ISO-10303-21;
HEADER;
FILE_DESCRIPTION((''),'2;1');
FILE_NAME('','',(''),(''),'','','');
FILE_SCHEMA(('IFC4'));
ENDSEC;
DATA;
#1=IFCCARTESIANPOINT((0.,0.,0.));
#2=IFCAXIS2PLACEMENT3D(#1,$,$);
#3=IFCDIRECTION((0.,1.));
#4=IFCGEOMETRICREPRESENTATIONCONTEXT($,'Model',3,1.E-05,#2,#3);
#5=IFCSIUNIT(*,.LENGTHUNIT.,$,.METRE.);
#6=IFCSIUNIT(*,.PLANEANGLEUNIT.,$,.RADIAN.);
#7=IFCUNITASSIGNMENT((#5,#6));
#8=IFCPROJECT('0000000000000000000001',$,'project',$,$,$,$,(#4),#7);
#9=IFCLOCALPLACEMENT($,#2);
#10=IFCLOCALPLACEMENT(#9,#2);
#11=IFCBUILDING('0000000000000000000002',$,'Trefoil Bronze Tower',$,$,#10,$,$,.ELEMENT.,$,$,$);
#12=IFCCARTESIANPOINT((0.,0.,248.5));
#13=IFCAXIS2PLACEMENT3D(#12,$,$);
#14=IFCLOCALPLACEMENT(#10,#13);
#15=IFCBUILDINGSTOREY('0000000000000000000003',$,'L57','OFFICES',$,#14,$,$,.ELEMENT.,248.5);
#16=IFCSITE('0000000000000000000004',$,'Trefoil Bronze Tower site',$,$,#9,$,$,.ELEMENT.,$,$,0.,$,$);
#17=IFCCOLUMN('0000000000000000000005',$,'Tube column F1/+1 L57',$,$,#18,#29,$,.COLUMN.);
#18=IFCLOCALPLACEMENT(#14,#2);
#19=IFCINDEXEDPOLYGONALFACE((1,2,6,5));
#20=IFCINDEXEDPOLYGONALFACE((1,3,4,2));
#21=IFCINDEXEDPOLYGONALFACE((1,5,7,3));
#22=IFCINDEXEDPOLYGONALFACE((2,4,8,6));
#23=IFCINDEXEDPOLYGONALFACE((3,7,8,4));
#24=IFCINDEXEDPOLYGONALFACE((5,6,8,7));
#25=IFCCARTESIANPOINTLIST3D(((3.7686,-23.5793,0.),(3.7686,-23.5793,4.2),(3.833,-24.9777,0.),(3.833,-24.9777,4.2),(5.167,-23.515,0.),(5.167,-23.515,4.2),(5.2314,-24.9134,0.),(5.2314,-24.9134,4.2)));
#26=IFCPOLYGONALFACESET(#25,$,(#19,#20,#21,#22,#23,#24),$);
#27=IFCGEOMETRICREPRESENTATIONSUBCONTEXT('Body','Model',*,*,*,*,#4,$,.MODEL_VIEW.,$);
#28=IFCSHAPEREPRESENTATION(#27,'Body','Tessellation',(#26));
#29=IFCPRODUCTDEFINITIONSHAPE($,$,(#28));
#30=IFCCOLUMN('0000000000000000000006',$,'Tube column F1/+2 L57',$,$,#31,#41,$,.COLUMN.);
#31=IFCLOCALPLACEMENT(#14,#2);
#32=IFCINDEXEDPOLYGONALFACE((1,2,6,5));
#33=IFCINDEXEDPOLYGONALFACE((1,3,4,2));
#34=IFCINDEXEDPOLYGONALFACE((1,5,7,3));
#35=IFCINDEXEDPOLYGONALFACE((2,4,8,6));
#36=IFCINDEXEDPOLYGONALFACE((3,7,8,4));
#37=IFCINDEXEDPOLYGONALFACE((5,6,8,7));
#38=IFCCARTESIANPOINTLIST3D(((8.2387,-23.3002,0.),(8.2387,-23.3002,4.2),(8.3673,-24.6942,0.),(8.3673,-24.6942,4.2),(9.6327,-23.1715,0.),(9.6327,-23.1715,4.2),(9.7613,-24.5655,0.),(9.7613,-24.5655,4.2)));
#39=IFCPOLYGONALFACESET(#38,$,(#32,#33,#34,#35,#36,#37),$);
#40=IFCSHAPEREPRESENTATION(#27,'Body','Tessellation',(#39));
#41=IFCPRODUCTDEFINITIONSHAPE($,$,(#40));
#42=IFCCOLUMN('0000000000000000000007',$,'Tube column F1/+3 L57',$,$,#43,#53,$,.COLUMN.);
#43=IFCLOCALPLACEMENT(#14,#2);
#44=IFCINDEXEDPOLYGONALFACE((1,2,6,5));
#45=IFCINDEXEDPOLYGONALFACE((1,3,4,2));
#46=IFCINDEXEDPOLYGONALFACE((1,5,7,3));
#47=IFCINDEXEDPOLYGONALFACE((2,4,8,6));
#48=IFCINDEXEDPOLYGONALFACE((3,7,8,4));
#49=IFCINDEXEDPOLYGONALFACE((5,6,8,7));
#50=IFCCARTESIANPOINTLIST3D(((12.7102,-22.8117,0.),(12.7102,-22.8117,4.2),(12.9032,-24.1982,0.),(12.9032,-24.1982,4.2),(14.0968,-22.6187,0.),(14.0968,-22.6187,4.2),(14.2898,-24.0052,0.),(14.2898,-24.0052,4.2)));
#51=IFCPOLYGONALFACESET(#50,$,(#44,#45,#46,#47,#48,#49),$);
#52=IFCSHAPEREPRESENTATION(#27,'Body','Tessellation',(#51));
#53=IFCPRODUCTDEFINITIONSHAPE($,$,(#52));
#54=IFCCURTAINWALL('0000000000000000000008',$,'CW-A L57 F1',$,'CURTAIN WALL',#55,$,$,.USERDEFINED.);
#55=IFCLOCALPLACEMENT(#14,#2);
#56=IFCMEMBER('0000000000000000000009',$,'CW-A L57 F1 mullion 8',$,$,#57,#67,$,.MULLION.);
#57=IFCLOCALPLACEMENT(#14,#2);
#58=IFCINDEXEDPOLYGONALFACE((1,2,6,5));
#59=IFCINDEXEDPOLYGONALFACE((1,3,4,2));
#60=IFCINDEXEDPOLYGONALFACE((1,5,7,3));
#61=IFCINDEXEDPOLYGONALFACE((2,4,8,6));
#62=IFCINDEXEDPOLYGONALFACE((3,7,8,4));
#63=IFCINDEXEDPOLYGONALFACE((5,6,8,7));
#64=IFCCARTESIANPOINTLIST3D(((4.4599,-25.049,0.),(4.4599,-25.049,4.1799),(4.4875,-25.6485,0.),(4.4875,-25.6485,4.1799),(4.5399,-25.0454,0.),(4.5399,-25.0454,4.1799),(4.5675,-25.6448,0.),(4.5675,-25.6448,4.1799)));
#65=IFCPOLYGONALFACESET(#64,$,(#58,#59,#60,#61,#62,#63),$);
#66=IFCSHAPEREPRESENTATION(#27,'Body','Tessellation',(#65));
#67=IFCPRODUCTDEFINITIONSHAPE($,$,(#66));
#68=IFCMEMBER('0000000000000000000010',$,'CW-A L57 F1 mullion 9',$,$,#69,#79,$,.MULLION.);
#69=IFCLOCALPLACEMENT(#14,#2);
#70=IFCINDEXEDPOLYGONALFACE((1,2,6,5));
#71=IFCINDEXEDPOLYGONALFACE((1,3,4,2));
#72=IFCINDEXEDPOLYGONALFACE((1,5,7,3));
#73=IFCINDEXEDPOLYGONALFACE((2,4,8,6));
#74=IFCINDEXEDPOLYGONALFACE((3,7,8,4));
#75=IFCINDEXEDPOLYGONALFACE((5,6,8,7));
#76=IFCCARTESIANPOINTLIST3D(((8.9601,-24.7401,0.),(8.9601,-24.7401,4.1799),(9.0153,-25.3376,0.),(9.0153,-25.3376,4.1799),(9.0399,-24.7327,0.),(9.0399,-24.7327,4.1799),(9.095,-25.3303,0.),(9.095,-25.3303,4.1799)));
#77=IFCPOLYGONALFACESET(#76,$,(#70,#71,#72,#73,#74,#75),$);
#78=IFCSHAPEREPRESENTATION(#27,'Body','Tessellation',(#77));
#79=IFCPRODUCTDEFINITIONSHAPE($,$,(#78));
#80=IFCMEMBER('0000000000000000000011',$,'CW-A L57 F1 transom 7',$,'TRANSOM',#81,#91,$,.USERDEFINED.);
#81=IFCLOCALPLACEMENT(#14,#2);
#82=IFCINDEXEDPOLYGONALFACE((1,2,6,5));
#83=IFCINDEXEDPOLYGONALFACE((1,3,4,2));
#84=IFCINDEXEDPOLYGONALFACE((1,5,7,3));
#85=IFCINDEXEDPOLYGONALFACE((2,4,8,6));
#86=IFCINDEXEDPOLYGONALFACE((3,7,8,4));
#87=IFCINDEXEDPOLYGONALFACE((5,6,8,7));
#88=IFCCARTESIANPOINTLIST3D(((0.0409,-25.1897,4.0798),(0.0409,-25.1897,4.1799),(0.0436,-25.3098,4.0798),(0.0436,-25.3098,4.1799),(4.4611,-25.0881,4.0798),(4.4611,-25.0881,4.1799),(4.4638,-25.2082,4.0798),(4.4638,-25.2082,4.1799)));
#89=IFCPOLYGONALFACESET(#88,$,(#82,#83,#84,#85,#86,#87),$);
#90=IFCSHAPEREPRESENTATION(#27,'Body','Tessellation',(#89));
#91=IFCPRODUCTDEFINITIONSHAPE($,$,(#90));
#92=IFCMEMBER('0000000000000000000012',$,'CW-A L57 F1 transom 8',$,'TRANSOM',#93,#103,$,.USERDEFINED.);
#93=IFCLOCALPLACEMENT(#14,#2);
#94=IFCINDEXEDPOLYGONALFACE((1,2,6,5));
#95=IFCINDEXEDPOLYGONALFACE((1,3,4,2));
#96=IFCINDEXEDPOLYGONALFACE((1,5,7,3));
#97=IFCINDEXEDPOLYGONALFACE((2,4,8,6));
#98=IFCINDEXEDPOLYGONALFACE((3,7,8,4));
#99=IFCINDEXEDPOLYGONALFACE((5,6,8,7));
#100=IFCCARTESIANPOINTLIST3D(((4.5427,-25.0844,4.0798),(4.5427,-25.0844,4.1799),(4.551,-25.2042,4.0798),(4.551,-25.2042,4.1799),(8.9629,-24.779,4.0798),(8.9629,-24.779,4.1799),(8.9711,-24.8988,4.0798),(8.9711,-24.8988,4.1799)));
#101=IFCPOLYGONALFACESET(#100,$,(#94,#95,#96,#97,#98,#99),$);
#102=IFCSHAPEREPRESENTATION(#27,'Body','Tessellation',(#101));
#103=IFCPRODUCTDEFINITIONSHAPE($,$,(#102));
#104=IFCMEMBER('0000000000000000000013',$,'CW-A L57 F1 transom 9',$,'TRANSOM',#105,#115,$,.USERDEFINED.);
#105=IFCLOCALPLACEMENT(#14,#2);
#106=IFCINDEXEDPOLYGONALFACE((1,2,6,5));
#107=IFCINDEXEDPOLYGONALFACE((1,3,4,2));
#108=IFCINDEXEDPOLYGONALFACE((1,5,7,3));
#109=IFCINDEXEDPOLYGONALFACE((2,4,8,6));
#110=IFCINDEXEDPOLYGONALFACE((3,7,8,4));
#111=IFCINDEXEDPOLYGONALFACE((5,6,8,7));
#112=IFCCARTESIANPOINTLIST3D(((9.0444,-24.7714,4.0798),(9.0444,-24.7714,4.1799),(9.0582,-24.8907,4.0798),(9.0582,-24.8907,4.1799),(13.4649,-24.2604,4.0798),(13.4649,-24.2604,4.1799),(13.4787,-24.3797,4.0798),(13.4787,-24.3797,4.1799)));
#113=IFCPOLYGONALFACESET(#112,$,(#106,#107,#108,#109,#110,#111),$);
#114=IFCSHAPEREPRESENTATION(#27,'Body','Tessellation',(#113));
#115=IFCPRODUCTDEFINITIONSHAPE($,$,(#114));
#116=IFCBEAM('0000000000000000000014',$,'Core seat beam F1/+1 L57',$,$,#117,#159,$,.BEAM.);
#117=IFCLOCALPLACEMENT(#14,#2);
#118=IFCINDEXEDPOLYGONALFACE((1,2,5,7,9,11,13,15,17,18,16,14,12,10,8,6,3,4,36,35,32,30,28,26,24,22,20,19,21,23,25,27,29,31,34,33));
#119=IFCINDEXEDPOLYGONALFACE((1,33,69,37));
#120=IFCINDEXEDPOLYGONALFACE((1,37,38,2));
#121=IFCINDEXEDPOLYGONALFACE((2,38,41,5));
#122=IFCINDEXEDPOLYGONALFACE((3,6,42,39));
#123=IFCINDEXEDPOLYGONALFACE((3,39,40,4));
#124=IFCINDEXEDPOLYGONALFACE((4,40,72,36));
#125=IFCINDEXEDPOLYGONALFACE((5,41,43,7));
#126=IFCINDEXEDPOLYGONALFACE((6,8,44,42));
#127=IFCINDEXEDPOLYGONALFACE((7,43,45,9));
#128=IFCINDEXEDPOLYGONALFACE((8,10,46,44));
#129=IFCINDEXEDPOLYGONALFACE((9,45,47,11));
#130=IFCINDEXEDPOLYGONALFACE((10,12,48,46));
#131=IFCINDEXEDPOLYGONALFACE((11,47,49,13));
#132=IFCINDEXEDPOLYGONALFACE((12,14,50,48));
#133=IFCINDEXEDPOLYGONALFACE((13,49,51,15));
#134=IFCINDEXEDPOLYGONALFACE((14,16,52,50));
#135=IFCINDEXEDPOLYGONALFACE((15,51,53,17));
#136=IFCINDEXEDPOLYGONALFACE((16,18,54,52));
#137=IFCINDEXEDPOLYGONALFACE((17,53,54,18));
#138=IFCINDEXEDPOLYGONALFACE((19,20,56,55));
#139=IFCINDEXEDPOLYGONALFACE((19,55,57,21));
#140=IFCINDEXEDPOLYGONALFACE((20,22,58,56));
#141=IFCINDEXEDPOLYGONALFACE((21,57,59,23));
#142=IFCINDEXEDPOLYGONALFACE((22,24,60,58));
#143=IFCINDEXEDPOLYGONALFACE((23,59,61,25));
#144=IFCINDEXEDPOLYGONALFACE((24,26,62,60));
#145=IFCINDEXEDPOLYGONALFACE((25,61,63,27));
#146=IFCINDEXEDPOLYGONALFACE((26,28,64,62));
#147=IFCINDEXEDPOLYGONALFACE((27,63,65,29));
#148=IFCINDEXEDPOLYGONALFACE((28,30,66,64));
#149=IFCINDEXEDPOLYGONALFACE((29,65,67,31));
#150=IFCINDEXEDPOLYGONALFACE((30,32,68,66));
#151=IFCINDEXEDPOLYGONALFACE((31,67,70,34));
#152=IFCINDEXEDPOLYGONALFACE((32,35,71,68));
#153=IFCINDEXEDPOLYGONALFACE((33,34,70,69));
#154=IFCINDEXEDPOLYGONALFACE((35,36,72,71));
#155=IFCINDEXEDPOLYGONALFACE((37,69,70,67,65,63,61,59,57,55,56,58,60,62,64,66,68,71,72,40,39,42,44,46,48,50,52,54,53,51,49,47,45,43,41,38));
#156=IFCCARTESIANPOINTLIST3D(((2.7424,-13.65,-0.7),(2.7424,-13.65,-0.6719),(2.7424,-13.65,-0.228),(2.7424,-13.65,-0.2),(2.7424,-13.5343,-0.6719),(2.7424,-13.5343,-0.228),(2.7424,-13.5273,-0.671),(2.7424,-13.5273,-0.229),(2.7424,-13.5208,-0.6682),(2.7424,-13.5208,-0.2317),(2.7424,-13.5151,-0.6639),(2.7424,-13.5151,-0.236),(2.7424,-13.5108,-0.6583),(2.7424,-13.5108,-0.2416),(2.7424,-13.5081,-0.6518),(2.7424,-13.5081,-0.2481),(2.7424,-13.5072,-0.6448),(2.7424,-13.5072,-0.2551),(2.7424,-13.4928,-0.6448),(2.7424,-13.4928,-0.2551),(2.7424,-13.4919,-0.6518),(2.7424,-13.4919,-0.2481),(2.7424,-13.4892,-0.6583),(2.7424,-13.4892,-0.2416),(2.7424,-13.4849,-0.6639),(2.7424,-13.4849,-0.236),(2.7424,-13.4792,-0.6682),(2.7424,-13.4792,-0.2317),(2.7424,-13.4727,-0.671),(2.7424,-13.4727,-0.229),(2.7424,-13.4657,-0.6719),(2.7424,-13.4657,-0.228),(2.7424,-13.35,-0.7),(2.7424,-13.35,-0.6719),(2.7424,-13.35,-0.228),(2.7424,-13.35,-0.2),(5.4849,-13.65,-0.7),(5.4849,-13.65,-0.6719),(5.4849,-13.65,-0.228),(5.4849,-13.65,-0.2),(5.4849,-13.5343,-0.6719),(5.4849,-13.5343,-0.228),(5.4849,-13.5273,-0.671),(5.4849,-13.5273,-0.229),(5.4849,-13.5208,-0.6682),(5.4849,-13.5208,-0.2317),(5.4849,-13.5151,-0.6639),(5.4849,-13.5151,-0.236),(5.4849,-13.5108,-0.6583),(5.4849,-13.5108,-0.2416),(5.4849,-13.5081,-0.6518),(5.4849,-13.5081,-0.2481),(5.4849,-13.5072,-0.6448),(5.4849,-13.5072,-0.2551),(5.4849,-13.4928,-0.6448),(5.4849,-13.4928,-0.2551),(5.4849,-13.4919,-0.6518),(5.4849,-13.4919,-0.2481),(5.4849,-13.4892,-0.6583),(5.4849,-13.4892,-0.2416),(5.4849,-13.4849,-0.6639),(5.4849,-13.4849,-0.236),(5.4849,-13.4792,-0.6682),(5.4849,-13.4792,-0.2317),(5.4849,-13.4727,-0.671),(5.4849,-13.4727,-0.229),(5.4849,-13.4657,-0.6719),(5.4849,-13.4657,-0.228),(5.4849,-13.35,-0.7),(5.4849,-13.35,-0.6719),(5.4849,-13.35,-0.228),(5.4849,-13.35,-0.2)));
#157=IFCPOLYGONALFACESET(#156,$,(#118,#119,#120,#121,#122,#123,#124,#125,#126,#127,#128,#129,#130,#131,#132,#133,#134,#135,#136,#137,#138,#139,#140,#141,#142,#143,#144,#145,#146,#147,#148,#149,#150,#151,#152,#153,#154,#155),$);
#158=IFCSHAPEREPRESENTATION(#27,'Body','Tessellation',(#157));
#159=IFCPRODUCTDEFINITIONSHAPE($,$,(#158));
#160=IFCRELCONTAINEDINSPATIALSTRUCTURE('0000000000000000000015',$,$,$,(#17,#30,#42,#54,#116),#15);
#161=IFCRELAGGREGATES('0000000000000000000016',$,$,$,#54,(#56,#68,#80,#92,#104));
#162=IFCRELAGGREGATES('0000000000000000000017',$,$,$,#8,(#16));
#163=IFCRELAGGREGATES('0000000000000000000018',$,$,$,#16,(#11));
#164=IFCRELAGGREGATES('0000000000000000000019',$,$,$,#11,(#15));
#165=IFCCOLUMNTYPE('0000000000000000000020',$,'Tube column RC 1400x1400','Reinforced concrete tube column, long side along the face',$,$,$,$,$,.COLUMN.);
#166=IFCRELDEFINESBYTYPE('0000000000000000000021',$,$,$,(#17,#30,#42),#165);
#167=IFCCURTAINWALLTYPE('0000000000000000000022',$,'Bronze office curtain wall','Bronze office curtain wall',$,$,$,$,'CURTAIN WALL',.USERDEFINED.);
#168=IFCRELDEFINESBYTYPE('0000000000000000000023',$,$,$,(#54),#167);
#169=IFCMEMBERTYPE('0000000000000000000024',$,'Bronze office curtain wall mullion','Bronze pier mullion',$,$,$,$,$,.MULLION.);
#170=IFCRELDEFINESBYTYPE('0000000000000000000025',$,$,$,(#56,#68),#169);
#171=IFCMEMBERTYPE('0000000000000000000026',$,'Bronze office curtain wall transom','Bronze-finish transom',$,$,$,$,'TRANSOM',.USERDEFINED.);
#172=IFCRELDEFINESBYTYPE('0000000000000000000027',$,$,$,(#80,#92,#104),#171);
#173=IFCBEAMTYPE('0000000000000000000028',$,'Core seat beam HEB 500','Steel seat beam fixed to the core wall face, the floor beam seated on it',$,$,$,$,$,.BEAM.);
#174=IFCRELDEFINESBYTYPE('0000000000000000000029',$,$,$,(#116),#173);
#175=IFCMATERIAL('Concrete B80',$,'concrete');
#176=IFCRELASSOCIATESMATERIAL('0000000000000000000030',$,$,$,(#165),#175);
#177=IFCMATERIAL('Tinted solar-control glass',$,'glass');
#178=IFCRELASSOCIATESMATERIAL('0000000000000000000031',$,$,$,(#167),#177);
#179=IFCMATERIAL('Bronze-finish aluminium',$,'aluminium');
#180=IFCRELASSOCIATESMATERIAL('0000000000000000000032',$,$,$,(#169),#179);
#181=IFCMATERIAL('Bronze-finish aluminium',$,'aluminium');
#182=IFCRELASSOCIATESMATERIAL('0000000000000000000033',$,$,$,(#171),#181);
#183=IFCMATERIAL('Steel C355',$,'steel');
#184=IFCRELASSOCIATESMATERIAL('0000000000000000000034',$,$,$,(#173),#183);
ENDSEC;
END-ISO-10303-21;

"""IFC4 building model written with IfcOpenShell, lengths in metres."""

from ifc_helpers import new_model, si_unit, direction, frame, origin, origin_2d, place, context, subcontext, project, spatial, rectangle, i_section, extrude, material, material_profile, profile_set, type_object, element, aggregate, save


model = new_model("IFC4")

# Units and contexts
model_context = context("Model", 3, precision=1e-05, world=origin(), true_north=direction((0.0, 1.0)))
body_context = subcontext(model_context, "Body", "Model", "MODEL_VIEW")
ifc_project = project(units=[si_unit("LENGTHUNIT", "METRE"), si_unit("PLANEANGLEUNIT", "RADIAN")], contexts=[model_context])

# Site, building, storey
site_placement = place(None, origin())
site = spatial("IfcSite", under=ifc_project, at=site_placement, Name="Trefoil Bronze Tower site", CompositionType="ELEMENT", RefElevation=0.0)
building_placement = place(site_placement, origin())
building = spatial("IfcBuilding", under=site, at=building_placement, Name="Trefoil Bronze Tower", CompositionType="ELEMENT")
storey_placement = place(building_placement, frame((0.0, 0.0, 248.5)))
storey = spatial("IfcBuildingStorey", under=building, at=storey_placement, Name="L57", Description="OFFICES", CompositionType="ELEMENT", Elevation=248.5)

# Columns
ifc_material_1 = material(Name="Concrete B80", Category="concrete")
ifc_material_profile_1 = material_profile(ifc_material_1, rectangle(XDim=1.3999, YDim=1.3999, at=origin_2d()), Name="RC 1400x1400")
ifc_profile_set_1 = profile_set([ifc_material_profile_1], Name="Concrete B80")
column_type = type_object("IfcColumnType", Name="Tube column RC 1400x1400", Description="Reinforced concrete tube column, long side along the face", PredefinedType="COLUMN", material=ifc_profile_set_1)
for number, where, z_axis, x_axis, name in (
    (1, (4.5, -24.2463, 0.0), (0.0, 0.0, 1.0), (0.998943, 0.045956, 0.0), "Tube column F1/+1 L57"),
    (2, (9.0, -23.9329, 0.0), (0.0, 0.0, 1.0), (0.995767, 0.091911, 0.0), "Tube column F1/+2 L57"),
    (3, (13.5, -23.4084, 0.0), (0.0, 0.0, 1.0), (0.990451, 0.137868, 0.0), "Tube column F1/+3 L57"),
):
    element("IfcColumn", number, at=place(storey_placement, frame(where, z_axis=z_axis, x_axis=x_axis)), inside=storey, type_object=column_type, Name=name, PredefinedType="COLUMN", context=body_context, shape_type="SweptSolid", body=[
        extrude(rectangle(XDim=1.3999, YDim=1.3999, at=origin_2d()), origin(), (0.0, 0.0, 1.0), 4.2),
    ])

# Curtain wall, members
ifc_material_2 = material(Name="Tinted solar-control glass", Category="glass")
curtain_wall_type = type_object("IfcCurtainWallType", Name="Bronze office curtain wall", Description="Bronze office curtain wall", ElementType="CURTAIN WALL", PredefinedType="USERDEFINED", material=ifc_material_2)
curtain_wall_placement = place(storey_placement, origin())
curtain_wall = element("IfcCurtainWall", 4, at=curtain_wall_placement, inside=storey, type_object=curtain_wall_type, Name="CW-A L57 F1", ObjectType="CURTAIN WALL", PredefinedType="USERDEFINED")
ifc_material_3 = material(Name="Bronze-finish aluminium", Category="aluminium")
ifc_material_profile_2 = material_profile(ifc_material_3, rectangle(XDim=0.6001, YDim=0.0801, at=origin_2d()), Name="CW-A mullion")
ifc_profile_set_2 = profile_set([ifc_material_profile_2], Name="Bronze-finish aluminium")
member_type_1 = type_object("IfcMemberType", Name="Bronze office curtain wall mullion", Description="Bronze pier mullion", PredefinedType="MULLION", material=ifc_profile_set_2)
member_1_placement = place(storey_placement, frame((4.5137, -25.3469, 0.0), z_axis=(0.0, 0.0, 1.0), x_axis=(-0.045956, 0.998943, 0.0)))
member_1 = element("IfcMember", 5, at=member_1_placement, type_object=member_type_1, Name="CW-A L57 F1 mullion 8", PredefinedType="MULLION", context=body_context, shape_type="SweptSolid", body=[
    extrude(rectangle(XDim=0.6001, YDim=0.0801, at=origin_2d()), origin(), (0.0, 0.0, 1.0), 4.1799),
])
member_2_placement = place(storey_placement, frame((9.0276, -25.0352, 0.0), z_axis=(0.0, 0.0, 1.0), x_axis=(-0.091911, 0.995767, 0.0)))
member_2 = element("IfcMember", 6, at=member_2_placement, type_object=member_type_1, Name="CW-A L57 F1 mullion 9", PredefinedType="MULLION", context=body_context, shape_type="SweptSolid", body=[
    extrude(rectangle(XDim=0.6001, YDim=0.0801, at=origin_2d()), origin(), (0.0, 0.0, 1.0), 4.1799),
])
ifc_material_4 = material(Name="Bronze-finish aluminium", Category="aluminium")
ifc_material_profile_3 = material_profile(ifc_material_4, rectangle(XDim=0.1201, YDim=0.1001, at=origin_2d()), Name="CW-A transom")
ifc_profile_set_3 = profile_set([ifc_material_profile_3], Name="Bronze-finish aluminium")
member_type_2 = type_object("IfcMemberType", Name="Bronze office curtain wall transom", Description="Bronze-finish transom", ElementType="TRANSOM", PredefinedType="USERDEFINED", material=ifc_profile_set_3)
member_3_placement = place(storey_placement, frame((0.0422, -25.2498, 4.1299), z_axis=(0.999736, 0.022971, 0.0), x_axis=(-0.022971, 0.999736, 0.0)))
member_3 = element("IfcMember", 7, at=member_3_placement, type_object=member_type_2, Name="CW-A L57 F1 transom 7", ObjectType="TRANSOM", PredefinedType="USERDEFINED", context=body_context, shape_type="SweptSolid", body=[
    extrude(rectangle(XDim=0.1201, YDim=0.1001, at=origin_2d()), origin(), (0.0, 0.0, 1.0), 4.4214),
])
member_4_placement = place(storey_placement, frame((4.5469, -25.1443, 4.1299), z_axis=(0.997621, 0.068933, 0.0), x_axis=(-0.068933, 0.997621, 0.0)))
member_4 = element("IfcMember", 8, at=member_4_placement, type_object=member_type_2, Name="CW-A L57 F1 transom 8", ObjectType="TRANSOM", PredefinedType="USERDEFINED", context=body_context, shape_type="SweptSolid", body=[
    extrude(rectangle(XDim=0.1201, YDim=0.1001, at=origin_2d()), origin(), (0.0, 0.0, 1.0), 4.4307),
])
member_5_placement = place(storey_placement, frame((9.0513, -24.8311, 4.1299), z_axis=(0.993385, 0.114832, 0.0), x_axis=(-0.114832, 0.993385, 0.0)))
member_5 = element("IfcMember", 9, at=member_5_placement, type_object=member_type_2, Name="CW-A L57 F1 transom 9", ObjectType="TRANSOM", PredefinedType="USERDEFINED", context=body_context, shape_type="SweptSolid", body=[
    extrude(rectangle(XDim=0.1201, YDim=0.1001, at=origin_2d()), origin(), (0.0, 0.0, 1.0), 4.45),
])

# Beam
ifc_material_5 = material(Name="Steel C355", Category="steel")
ifc_material_profile_4 = material_profile(ifc_material_5, i_section(OverallWidth=0.3, OverallDepth=0.5, WebThickness=0.0144, FlangeThickness=0.0281, FilletRadius=0.0271, at=origin_2d()), Name="HEB 500")
ifc_profile_set_4 = profile_set([ifc_material_profile_4], Name="Steel C355")
beam_type_1 = type_object("IfcBeamType", Name="Core seat beam HEB 500", Description="Steel seat beam fixed to the core wall face, the floor beam seated on it", PredefinedType="BEAM", material=ifc_profile_set_4)
for number, where, z_axis, x_axis, name in (
    (10, (2.7424, -13.5, -0.45), (1.0, 0.0, 0.0), (0.0, 1.0, 0.0), "Core seat beam F1/+1 L57"),
):
    element("IfcBeam", number, at=place(storey_placement, frame(where, z_axis=z_axis, x_axis=x_axis)), inside=storey, type_object=beam_type_1, Name=name, PredefinedType="BEAM", context=body_context, shape_type="SweptSolid", body=[
        extrude(i_section(OverallWidth=0.3, OverallDepth=0.5, WebThickness=0.0144, FlangeThickness=0.0281, FilletRadius=0.0271, at=origin_2d()), origin(), (0.0, 0.0, 1.0), 2.7424),
    ])

aggregate(curtain_wall, [member_1, member_2, member_3, member_4, member_5])

save(model, "model.ifc")
